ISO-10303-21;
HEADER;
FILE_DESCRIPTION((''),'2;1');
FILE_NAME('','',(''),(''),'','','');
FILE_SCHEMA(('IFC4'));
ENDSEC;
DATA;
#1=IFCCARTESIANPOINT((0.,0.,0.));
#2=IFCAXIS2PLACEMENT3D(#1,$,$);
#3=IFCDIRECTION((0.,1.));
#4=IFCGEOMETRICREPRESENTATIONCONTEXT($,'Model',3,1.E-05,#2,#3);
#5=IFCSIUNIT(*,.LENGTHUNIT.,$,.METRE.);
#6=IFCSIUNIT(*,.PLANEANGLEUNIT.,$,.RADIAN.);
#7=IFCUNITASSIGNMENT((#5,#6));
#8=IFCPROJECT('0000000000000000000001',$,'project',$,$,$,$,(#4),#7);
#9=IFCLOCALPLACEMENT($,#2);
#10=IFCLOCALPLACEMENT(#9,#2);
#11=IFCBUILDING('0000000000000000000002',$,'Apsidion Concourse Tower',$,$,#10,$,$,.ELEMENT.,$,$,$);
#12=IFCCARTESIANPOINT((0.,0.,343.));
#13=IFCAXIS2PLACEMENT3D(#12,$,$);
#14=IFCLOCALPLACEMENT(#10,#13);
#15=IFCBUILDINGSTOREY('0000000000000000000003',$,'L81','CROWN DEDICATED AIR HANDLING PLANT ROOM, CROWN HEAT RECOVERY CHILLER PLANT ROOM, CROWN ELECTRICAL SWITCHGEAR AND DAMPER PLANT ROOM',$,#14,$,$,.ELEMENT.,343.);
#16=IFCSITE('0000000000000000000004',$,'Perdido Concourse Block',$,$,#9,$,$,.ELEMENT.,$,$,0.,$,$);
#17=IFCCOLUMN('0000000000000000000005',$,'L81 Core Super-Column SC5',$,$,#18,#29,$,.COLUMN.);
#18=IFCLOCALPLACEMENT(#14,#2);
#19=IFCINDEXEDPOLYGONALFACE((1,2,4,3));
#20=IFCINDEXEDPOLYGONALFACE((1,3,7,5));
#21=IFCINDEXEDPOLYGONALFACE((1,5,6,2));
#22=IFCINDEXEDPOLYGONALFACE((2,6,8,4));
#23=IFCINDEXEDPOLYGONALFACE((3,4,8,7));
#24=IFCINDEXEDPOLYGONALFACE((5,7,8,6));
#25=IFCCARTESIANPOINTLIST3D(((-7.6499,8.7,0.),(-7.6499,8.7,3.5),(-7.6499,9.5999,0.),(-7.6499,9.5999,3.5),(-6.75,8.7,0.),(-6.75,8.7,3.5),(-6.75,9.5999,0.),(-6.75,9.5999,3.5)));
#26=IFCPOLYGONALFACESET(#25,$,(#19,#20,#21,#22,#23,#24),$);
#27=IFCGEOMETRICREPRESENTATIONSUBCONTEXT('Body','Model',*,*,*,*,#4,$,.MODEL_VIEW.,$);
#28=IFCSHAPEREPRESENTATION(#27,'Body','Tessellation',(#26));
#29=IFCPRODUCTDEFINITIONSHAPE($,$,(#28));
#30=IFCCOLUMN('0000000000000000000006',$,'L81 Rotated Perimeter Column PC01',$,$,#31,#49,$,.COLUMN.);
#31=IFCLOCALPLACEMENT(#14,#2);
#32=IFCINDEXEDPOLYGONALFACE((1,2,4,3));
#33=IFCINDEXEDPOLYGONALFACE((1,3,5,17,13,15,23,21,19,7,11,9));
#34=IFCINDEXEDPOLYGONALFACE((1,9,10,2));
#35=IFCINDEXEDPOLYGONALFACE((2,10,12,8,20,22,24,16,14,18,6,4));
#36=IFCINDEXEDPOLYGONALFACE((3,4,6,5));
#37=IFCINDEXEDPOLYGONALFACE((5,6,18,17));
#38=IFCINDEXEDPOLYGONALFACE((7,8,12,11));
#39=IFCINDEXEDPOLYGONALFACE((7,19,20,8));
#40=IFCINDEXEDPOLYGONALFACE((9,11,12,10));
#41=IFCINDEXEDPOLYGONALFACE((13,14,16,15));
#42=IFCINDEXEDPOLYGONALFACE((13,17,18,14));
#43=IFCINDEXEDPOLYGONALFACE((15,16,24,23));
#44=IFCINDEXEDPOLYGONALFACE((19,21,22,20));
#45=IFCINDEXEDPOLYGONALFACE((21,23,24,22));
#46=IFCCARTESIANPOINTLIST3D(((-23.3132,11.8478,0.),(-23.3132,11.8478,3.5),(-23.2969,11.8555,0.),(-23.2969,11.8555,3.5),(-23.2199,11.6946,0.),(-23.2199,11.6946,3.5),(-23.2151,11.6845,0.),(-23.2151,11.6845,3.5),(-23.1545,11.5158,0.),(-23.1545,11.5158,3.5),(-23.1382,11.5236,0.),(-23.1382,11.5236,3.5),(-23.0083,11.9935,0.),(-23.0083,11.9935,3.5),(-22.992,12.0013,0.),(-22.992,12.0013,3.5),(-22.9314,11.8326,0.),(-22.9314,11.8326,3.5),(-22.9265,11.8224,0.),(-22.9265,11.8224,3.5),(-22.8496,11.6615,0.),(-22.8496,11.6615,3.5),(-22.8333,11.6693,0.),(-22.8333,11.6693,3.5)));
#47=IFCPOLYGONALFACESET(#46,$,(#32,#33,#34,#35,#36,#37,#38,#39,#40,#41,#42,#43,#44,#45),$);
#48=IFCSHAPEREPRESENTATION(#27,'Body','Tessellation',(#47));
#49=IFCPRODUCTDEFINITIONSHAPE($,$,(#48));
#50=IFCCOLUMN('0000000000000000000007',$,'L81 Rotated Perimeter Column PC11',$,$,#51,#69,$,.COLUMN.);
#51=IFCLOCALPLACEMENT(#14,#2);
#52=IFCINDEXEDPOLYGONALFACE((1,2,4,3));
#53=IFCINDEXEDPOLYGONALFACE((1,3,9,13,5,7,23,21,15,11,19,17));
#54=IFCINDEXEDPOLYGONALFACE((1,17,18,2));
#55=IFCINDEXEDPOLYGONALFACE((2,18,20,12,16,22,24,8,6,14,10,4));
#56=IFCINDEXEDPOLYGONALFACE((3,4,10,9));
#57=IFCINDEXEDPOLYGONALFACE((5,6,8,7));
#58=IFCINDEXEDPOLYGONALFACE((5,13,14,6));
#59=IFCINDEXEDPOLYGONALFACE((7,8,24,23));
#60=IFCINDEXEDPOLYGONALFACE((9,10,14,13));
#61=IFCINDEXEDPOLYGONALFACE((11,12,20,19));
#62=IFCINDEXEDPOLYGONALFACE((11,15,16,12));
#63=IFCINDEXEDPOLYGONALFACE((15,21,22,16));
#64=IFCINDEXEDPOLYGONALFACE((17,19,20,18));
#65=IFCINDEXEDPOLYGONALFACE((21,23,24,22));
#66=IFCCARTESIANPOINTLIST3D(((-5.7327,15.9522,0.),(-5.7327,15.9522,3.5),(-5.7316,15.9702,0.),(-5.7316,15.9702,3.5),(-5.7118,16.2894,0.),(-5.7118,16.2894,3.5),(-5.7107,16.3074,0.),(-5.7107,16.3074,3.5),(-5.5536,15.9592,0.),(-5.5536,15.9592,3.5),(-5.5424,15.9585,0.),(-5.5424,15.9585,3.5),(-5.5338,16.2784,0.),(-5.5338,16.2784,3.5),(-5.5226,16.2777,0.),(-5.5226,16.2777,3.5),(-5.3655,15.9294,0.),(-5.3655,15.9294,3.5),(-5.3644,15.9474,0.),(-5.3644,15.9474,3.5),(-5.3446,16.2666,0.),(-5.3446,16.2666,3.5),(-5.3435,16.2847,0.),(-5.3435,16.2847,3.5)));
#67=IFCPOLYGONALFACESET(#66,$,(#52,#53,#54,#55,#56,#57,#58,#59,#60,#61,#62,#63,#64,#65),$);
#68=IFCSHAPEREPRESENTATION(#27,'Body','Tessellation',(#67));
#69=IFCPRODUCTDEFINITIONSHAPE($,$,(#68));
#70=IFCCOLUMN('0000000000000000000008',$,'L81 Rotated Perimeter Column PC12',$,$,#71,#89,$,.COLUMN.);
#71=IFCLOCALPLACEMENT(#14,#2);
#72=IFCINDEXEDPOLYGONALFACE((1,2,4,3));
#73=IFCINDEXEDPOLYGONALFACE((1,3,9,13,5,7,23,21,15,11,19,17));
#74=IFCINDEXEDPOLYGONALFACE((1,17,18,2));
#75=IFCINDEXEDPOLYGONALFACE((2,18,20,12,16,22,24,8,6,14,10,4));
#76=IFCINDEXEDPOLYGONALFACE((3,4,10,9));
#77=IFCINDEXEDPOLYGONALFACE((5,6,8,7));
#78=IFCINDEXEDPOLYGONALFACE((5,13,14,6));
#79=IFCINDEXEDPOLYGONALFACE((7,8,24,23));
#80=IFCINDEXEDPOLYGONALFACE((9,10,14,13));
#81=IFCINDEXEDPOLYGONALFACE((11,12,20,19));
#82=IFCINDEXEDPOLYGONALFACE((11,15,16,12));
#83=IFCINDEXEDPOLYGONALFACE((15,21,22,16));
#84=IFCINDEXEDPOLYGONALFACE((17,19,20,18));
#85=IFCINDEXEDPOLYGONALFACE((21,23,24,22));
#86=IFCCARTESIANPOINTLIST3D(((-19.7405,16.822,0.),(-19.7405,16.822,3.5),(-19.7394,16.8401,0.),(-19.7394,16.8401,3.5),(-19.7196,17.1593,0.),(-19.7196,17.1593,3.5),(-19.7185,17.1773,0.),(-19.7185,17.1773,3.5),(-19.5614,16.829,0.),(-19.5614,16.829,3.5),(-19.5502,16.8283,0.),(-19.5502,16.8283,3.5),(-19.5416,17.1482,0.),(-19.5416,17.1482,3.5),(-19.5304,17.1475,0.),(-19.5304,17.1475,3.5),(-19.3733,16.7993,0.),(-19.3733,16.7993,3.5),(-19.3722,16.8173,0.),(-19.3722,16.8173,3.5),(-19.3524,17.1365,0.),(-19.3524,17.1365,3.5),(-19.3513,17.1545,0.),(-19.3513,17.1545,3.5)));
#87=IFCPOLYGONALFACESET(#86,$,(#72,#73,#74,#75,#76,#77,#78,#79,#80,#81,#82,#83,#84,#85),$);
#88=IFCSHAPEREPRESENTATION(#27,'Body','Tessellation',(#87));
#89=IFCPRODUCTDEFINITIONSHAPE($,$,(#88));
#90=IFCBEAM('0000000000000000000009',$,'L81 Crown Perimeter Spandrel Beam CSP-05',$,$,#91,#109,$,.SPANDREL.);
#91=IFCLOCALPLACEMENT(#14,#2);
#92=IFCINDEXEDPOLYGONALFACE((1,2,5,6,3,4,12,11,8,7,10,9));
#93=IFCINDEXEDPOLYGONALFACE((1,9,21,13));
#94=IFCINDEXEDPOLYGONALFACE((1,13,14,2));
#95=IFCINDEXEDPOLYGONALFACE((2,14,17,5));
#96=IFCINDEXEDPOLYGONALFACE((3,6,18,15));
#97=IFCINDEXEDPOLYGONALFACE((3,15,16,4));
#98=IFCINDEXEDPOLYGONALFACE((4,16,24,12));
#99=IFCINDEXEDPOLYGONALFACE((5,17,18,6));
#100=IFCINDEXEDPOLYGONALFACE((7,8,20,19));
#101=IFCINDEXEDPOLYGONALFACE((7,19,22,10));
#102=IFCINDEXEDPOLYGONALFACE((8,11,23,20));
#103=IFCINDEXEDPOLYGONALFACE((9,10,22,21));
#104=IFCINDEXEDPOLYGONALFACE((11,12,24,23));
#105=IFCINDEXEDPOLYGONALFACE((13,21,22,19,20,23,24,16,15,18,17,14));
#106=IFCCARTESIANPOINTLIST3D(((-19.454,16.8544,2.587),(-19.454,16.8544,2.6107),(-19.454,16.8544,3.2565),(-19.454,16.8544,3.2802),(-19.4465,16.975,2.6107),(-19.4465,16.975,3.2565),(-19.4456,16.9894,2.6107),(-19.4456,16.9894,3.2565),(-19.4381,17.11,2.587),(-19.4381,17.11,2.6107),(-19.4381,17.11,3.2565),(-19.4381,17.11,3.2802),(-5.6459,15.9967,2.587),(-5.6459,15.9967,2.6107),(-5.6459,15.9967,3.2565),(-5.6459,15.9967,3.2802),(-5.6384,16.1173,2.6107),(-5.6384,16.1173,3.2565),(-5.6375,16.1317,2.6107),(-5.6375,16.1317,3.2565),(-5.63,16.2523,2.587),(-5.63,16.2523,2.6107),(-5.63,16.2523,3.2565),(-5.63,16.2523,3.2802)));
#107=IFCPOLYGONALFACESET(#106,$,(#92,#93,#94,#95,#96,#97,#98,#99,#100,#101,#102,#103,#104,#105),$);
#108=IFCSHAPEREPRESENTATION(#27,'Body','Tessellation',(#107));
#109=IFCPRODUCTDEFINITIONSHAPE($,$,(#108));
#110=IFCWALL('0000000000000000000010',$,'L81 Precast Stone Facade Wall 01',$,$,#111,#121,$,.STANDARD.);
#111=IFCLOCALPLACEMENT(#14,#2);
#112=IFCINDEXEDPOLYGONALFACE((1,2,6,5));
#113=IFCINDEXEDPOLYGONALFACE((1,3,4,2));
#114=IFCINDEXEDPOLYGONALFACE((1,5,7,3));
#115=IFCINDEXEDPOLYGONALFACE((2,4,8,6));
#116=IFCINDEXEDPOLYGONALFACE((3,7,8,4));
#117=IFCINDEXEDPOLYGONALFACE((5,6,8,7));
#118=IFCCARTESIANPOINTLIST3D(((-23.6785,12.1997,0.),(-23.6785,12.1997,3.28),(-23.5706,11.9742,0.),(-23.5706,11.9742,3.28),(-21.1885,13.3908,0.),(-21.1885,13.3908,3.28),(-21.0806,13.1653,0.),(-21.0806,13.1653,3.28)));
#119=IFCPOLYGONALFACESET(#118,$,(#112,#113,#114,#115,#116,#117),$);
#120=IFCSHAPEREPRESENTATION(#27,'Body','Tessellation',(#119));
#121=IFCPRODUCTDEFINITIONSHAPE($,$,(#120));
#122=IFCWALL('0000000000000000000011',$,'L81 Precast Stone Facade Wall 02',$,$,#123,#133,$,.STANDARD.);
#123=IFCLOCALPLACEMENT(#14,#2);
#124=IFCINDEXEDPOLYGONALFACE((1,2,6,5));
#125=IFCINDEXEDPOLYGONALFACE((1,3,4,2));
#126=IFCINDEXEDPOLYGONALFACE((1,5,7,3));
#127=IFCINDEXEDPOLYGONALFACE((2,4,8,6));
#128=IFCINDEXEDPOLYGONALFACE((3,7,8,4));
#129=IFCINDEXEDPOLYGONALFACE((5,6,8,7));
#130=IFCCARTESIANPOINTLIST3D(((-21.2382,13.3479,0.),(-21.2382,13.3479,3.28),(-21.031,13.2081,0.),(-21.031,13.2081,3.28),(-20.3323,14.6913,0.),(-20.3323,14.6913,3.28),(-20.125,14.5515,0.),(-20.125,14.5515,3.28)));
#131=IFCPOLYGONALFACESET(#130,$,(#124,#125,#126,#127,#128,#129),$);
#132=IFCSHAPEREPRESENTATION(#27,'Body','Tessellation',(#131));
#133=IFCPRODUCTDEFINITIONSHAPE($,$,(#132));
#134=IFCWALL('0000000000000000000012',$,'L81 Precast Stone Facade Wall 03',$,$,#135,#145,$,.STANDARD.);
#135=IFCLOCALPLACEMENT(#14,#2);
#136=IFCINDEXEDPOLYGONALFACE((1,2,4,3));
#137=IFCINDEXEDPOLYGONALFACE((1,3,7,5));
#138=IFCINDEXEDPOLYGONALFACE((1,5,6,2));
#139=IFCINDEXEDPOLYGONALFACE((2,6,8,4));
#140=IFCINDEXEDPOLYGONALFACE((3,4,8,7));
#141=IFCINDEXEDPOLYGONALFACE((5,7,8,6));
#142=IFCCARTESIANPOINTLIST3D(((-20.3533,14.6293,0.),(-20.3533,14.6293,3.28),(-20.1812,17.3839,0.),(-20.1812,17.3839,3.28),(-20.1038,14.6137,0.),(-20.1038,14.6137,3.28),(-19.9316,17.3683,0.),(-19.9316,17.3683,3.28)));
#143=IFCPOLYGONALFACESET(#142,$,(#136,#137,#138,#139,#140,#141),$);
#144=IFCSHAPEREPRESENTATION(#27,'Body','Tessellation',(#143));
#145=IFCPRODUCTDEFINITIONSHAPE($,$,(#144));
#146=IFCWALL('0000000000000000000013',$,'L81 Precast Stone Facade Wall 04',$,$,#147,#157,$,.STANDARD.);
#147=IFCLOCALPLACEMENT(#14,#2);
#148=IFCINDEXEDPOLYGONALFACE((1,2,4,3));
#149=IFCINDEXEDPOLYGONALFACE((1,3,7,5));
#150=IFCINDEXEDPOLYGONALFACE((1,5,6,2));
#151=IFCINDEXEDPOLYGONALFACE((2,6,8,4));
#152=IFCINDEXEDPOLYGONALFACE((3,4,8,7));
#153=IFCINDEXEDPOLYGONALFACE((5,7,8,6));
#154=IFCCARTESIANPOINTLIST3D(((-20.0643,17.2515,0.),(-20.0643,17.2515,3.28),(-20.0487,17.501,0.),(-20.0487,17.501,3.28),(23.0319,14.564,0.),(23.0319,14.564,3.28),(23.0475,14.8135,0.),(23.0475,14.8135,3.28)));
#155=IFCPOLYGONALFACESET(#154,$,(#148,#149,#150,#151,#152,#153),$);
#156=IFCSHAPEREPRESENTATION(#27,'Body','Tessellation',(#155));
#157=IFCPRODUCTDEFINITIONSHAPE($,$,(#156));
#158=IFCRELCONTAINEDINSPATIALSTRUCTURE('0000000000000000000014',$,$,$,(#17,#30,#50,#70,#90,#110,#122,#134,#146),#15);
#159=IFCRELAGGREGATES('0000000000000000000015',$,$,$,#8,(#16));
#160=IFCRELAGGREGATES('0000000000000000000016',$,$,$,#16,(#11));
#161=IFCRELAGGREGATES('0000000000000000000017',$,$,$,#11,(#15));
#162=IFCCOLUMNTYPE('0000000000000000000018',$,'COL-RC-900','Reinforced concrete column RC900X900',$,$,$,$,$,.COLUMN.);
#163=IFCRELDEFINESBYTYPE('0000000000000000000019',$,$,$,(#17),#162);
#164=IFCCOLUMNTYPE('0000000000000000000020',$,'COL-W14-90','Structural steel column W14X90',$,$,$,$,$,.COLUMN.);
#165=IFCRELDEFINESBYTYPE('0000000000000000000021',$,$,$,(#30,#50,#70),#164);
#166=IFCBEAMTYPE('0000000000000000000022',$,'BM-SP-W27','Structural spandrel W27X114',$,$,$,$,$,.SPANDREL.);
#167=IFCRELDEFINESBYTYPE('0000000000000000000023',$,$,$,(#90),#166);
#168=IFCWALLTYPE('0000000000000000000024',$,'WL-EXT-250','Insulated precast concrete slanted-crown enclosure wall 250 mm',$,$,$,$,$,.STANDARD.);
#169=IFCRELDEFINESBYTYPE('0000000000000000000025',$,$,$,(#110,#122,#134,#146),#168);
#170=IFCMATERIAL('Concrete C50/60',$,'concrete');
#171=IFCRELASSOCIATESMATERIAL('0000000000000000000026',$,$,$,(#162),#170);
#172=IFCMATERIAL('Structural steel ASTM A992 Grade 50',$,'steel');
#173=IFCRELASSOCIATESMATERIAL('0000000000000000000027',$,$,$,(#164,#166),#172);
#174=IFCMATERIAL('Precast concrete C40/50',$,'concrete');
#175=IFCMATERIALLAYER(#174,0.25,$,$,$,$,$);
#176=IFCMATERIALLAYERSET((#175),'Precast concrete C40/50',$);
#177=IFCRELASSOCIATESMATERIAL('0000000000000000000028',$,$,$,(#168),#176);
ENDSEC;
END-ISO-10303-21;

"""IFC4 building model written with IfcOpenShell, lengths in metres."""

from ifc_helpers import new_model, si_unit, direction, frame, frame_2d, origin, origin_2d, place, context, subcontext, project, spatial, rectangle, i_section, extrude, material, layer, layer_set, material_profile, profile_set, type_object, element, save


model = new_model("IFC4")

# Units and contexts
model_context = context("Model", 3, precision=1e-05, world=origin(), true_north=direction((0.0, 1.0)))
body_context = subcontext(model_context, "Body", "Model", "MODEL_VIEW")
ifc_project = project(units=[si_unit("LENGTHUNIT", "METRE"), si_unit("PLANEANGLEUNIT", "RADIAN")], contexts=[model_context])

# Site, building, storey
site_placement = place(None, origin())
site = spatial("IfcSite", under=ifc_project, at=site_placement, Name="Perdido Concourse Block", CompositionType="ELEMENT", RefElevation=0.0)
building_placement = place(site_placement, origin())
building = spatial("IfcBuilding", under=site, at=building_placement, Name="Apsidion Concourse Tower", CompositionType="ELEMENT")
storey_placement = place(building_placement, frame((0.0, 0.0, 343.0)))
storey = spatial("IfcBuildingStorey", under=building, at=storey_placement, Name="L81", Description="CROWN DEDICATED AIR HANDLING PLANT ROOM, CROWN HEAT RECOVERY CHILLER PLANT ROOM, CROWN ELECTRICAL SWITCHGEAR AND DAMPER PLANT ROOM", CompositionType="ELEMENT", Elevation=343.0)

# Columns
ifc_material_1 = material(Name="Concrete C50/60", Category="concrete")
ifc_material_profile_1 = material_profile(ifc_material_1, rectangle(XDim=0.8999, YDim=0.8999, at=origin_2d()), Name="RC 900x900")
ifc_profile_set_1 = profile_set([ifc_material_profile_1], Name="Concrete C50/60")
column_type_1 = type_object("IfcColumnType", Name="COL-RC-900", Description="Reinforced concrete column RC900X900", PredefinedType="COLUMN", material=ifc_profile_set_1)
column_placement = place(storey_placement, frame((-7.2, 9.1499, 0.0), z_axis=(0.0, 0.0, 1.0), x_axis=(1.0, 0.0, 0.0)))
element("IfcColumn", 1, at=column_placement, inside=storey, type_object=column_type_1, Name="L81 Core Super-Column SC5", PredefinedType="COLUMN", context=body_context, shape_type="SweptSolid", body=[
    extrude(rectangle(XDim=0.8999, YDim=0.8999, at=origin_2d()), origin(), (0.0, 0.0, 1.0), 3.5),
])
ifc_material_2 = material(Name="Structural steel ASTM A992 Grade 50", Category="steel")
ifc_material_profile_2 = material_profile(ifc_material_2, i_section(OverallWidth=0.3679, OverallDepth=0.356, WebThickness=0.0112, FlangeThickness=0.0181, at=origin_2d()), Name="W14X90")
ifc_profile_set_2 = profile_set([ifc_material_profile_2], Name="Structural steel ASTM A992 Grade 50")
column_type_2 = type_object("IfcColumnType", Name="COL-W14-90", Description="Structural steel column W14X90", PredefinedType="COLUMN", material=ifc_profile_set_2)
for number, where, z_axis, x_axis, name in (
    (2, (-23.0732, 11.7585, 0.0), (0.0, 0.0, 1.0), (-0.431299, 0.902209, 0.0), "L81 Rotated Perimeter Column PC01"),
    (3, (-5.5381, 16.1184, 0.0), (0.0, 0.0, 1.0), (-0.998081, 0.06192, 0.0), "L81 Rotated Perimeter Column PC11"),
    (4, (-19.5459, 16.9883, 0.0), (0.0, 0.0, 1.0), (-0.998081, 0.06192, 0.0), "L81 Rotated Perimeter Column PC12"),
):
    element("IfcColumn", number, at=place(storey_placement, frame(where, z_axis=z_axis, x_axis=x_axis)), inside=storey, type_object=column_type_2, Name=name, PredefinedType="COLUMN", context=body_context, shape_type="SweptSolid", body=[
        extrude(i_section(OverallWidth=0.3679, OverallDepth=0.356, WebThickness=0.0112, FlangeThickness=0.0181, at=origin_2d()), origin(), (0.0, 0.0, 1.0), 3.5),
    ])

# Beam
ifc_material_profile_3 = material_profile(ifc_material_2, i_section(OverallWidth=0.2561, OverallDepth=0.6931, WebThickness=0.0144, FlangeThickness=0.0237, at=origin_2d()), Name="W27X114")
ifc_profile_set_3 = profile_set([ifc_material_profile_3], Name="Structural steel ASTM A992 Grade 50")
beam_type = type_object("IfcBeamType", Name="BM-SP-W27", Description="Structural spandrel W27X114", PredefinedType="SPANDREL", material=ifc_profile_set_3)
beam_placement = place(storey_placement, frame((-5.6379, 16.1245, 2.9336), z_axis=(-0.998077, 0.061994, 0.0), x_axis=(-0.061994, -0.998077, 0.0)))
element("IfcBeam", 5, at=beam_placement, inside=storey, type_object=beam_type, Name="L81 Crown Perimeter Spandrel Beam CSP-05", PredefinedType="SPANDREL", context=body_context, shape_type="SweptSolid", body=[
    extrude(i_section(OverallWidth=0.2561, OverallDepth=0.6931, WebThickness=0.0144, FlangeThickness=0.0237, at=origin_2d()), origin(), (0.0, 0.0, 1.0), 13.8347),
])

# Walls
ifc_material_3 = material(Name="Precast concrete C40/50", Category="concrete")
ifc_layer_1 = layer(ifc_material_3, 0.25)
ifc_layer_set_1 = layer_set([ifc_layer_1], Name="Precast concrete C40/50")
wall_type_1 = type_object("IfcWallType", Name="WL-EXT-250", Description="Insulated precast concrete slanted-crown enclosure wall 250 mm", PredefinedType="STANDARD", material=ifc_layer_set_1)
wall_1_placement = place(storey_placement, frame((-23.6245, 12.0869, 0.0), z_axis=(0.0, 0.0, 1.0), x_axis=(0.902092, 0.431543, 0.0)))
element("IfcWall", 6, at=wall_1_placement, inside=storey, type_object=wall_type_1, Name="L81 Precast Stone Facade Wall 01", PredefinedType="STANDARD", context=body_context, shape_type="SweptSolid", body=[
    extrude(rectangle(XDim=2.7603, YDim=0.25, at=frame_2d((1.3801, 0.0))), origin(), (0.0, 0.0, 1.0), 3.28),
])
wall_2_placement = place(storey_placement, frame((-21.1345, 13.2781, 0.0), z_axis=(0.0, 0.0, 1.0), x_axis=(0.559108, 0.829095, 0.0)))
element("IfcWall", 7, at=wall_2_placement, inside=storey, type_object=wall_type_1, Name="L81 Precast Stone Facade Wall 02", PredefinedType="STANDARD", context=body_context, shape_type="SweptSolid", body=[
    extrude(rectangle(XDim=1.6204, YDim=0.25, at=frame_2d((0.8101, 0.0))), origin(), (0.0, 0.0, 1.0), 3.28),
])
wall_3_placement = place(storey_placement, frame((-20.2285, 14.6216, 0.0), z_axis=(0.0, 0.0, 1.0), x_axis=(0.062362, 0.998054, 0.0)))
element("IfcWall", 8, at=wall_3_placement, inside=storey, type_object=wall_type_1, Name="L81 Precast Stone Facade Wall 03", PredefinedType="STANDARD", context=body_context, shape_type="SweptSolid", body=[
    extrude(rectangle(XDim=2.76, YDim=0.25, at=frame_2d((1.3799, 0.0))), origin(), (0.0, 0.0, 1.0), 3.28),
])
wall_4_placement = place(storey_placement, frame((-20.0564, 17.3762, 0.0), z_axis=(0.0, 0.0, 1.0), x_axis=(0.998061, -0.06224, 0.0)))
element("IfcWall", 9, at=wall_4_placement, inside=storey, type_object=wall_type_1, Name="L81 Precast Stone Facade Wall 04", PredefinedType="STANDARD", context=body_context, shape_type="SweptSolid", body=[
    extrude(rectangle(XDim=43.1799, YDim=0.25, at=frame_2d((21.5898, 0.0))), origin(), (0.0, 0.0, 1.0), 3.28),
])

save(model, "model.ifc")
